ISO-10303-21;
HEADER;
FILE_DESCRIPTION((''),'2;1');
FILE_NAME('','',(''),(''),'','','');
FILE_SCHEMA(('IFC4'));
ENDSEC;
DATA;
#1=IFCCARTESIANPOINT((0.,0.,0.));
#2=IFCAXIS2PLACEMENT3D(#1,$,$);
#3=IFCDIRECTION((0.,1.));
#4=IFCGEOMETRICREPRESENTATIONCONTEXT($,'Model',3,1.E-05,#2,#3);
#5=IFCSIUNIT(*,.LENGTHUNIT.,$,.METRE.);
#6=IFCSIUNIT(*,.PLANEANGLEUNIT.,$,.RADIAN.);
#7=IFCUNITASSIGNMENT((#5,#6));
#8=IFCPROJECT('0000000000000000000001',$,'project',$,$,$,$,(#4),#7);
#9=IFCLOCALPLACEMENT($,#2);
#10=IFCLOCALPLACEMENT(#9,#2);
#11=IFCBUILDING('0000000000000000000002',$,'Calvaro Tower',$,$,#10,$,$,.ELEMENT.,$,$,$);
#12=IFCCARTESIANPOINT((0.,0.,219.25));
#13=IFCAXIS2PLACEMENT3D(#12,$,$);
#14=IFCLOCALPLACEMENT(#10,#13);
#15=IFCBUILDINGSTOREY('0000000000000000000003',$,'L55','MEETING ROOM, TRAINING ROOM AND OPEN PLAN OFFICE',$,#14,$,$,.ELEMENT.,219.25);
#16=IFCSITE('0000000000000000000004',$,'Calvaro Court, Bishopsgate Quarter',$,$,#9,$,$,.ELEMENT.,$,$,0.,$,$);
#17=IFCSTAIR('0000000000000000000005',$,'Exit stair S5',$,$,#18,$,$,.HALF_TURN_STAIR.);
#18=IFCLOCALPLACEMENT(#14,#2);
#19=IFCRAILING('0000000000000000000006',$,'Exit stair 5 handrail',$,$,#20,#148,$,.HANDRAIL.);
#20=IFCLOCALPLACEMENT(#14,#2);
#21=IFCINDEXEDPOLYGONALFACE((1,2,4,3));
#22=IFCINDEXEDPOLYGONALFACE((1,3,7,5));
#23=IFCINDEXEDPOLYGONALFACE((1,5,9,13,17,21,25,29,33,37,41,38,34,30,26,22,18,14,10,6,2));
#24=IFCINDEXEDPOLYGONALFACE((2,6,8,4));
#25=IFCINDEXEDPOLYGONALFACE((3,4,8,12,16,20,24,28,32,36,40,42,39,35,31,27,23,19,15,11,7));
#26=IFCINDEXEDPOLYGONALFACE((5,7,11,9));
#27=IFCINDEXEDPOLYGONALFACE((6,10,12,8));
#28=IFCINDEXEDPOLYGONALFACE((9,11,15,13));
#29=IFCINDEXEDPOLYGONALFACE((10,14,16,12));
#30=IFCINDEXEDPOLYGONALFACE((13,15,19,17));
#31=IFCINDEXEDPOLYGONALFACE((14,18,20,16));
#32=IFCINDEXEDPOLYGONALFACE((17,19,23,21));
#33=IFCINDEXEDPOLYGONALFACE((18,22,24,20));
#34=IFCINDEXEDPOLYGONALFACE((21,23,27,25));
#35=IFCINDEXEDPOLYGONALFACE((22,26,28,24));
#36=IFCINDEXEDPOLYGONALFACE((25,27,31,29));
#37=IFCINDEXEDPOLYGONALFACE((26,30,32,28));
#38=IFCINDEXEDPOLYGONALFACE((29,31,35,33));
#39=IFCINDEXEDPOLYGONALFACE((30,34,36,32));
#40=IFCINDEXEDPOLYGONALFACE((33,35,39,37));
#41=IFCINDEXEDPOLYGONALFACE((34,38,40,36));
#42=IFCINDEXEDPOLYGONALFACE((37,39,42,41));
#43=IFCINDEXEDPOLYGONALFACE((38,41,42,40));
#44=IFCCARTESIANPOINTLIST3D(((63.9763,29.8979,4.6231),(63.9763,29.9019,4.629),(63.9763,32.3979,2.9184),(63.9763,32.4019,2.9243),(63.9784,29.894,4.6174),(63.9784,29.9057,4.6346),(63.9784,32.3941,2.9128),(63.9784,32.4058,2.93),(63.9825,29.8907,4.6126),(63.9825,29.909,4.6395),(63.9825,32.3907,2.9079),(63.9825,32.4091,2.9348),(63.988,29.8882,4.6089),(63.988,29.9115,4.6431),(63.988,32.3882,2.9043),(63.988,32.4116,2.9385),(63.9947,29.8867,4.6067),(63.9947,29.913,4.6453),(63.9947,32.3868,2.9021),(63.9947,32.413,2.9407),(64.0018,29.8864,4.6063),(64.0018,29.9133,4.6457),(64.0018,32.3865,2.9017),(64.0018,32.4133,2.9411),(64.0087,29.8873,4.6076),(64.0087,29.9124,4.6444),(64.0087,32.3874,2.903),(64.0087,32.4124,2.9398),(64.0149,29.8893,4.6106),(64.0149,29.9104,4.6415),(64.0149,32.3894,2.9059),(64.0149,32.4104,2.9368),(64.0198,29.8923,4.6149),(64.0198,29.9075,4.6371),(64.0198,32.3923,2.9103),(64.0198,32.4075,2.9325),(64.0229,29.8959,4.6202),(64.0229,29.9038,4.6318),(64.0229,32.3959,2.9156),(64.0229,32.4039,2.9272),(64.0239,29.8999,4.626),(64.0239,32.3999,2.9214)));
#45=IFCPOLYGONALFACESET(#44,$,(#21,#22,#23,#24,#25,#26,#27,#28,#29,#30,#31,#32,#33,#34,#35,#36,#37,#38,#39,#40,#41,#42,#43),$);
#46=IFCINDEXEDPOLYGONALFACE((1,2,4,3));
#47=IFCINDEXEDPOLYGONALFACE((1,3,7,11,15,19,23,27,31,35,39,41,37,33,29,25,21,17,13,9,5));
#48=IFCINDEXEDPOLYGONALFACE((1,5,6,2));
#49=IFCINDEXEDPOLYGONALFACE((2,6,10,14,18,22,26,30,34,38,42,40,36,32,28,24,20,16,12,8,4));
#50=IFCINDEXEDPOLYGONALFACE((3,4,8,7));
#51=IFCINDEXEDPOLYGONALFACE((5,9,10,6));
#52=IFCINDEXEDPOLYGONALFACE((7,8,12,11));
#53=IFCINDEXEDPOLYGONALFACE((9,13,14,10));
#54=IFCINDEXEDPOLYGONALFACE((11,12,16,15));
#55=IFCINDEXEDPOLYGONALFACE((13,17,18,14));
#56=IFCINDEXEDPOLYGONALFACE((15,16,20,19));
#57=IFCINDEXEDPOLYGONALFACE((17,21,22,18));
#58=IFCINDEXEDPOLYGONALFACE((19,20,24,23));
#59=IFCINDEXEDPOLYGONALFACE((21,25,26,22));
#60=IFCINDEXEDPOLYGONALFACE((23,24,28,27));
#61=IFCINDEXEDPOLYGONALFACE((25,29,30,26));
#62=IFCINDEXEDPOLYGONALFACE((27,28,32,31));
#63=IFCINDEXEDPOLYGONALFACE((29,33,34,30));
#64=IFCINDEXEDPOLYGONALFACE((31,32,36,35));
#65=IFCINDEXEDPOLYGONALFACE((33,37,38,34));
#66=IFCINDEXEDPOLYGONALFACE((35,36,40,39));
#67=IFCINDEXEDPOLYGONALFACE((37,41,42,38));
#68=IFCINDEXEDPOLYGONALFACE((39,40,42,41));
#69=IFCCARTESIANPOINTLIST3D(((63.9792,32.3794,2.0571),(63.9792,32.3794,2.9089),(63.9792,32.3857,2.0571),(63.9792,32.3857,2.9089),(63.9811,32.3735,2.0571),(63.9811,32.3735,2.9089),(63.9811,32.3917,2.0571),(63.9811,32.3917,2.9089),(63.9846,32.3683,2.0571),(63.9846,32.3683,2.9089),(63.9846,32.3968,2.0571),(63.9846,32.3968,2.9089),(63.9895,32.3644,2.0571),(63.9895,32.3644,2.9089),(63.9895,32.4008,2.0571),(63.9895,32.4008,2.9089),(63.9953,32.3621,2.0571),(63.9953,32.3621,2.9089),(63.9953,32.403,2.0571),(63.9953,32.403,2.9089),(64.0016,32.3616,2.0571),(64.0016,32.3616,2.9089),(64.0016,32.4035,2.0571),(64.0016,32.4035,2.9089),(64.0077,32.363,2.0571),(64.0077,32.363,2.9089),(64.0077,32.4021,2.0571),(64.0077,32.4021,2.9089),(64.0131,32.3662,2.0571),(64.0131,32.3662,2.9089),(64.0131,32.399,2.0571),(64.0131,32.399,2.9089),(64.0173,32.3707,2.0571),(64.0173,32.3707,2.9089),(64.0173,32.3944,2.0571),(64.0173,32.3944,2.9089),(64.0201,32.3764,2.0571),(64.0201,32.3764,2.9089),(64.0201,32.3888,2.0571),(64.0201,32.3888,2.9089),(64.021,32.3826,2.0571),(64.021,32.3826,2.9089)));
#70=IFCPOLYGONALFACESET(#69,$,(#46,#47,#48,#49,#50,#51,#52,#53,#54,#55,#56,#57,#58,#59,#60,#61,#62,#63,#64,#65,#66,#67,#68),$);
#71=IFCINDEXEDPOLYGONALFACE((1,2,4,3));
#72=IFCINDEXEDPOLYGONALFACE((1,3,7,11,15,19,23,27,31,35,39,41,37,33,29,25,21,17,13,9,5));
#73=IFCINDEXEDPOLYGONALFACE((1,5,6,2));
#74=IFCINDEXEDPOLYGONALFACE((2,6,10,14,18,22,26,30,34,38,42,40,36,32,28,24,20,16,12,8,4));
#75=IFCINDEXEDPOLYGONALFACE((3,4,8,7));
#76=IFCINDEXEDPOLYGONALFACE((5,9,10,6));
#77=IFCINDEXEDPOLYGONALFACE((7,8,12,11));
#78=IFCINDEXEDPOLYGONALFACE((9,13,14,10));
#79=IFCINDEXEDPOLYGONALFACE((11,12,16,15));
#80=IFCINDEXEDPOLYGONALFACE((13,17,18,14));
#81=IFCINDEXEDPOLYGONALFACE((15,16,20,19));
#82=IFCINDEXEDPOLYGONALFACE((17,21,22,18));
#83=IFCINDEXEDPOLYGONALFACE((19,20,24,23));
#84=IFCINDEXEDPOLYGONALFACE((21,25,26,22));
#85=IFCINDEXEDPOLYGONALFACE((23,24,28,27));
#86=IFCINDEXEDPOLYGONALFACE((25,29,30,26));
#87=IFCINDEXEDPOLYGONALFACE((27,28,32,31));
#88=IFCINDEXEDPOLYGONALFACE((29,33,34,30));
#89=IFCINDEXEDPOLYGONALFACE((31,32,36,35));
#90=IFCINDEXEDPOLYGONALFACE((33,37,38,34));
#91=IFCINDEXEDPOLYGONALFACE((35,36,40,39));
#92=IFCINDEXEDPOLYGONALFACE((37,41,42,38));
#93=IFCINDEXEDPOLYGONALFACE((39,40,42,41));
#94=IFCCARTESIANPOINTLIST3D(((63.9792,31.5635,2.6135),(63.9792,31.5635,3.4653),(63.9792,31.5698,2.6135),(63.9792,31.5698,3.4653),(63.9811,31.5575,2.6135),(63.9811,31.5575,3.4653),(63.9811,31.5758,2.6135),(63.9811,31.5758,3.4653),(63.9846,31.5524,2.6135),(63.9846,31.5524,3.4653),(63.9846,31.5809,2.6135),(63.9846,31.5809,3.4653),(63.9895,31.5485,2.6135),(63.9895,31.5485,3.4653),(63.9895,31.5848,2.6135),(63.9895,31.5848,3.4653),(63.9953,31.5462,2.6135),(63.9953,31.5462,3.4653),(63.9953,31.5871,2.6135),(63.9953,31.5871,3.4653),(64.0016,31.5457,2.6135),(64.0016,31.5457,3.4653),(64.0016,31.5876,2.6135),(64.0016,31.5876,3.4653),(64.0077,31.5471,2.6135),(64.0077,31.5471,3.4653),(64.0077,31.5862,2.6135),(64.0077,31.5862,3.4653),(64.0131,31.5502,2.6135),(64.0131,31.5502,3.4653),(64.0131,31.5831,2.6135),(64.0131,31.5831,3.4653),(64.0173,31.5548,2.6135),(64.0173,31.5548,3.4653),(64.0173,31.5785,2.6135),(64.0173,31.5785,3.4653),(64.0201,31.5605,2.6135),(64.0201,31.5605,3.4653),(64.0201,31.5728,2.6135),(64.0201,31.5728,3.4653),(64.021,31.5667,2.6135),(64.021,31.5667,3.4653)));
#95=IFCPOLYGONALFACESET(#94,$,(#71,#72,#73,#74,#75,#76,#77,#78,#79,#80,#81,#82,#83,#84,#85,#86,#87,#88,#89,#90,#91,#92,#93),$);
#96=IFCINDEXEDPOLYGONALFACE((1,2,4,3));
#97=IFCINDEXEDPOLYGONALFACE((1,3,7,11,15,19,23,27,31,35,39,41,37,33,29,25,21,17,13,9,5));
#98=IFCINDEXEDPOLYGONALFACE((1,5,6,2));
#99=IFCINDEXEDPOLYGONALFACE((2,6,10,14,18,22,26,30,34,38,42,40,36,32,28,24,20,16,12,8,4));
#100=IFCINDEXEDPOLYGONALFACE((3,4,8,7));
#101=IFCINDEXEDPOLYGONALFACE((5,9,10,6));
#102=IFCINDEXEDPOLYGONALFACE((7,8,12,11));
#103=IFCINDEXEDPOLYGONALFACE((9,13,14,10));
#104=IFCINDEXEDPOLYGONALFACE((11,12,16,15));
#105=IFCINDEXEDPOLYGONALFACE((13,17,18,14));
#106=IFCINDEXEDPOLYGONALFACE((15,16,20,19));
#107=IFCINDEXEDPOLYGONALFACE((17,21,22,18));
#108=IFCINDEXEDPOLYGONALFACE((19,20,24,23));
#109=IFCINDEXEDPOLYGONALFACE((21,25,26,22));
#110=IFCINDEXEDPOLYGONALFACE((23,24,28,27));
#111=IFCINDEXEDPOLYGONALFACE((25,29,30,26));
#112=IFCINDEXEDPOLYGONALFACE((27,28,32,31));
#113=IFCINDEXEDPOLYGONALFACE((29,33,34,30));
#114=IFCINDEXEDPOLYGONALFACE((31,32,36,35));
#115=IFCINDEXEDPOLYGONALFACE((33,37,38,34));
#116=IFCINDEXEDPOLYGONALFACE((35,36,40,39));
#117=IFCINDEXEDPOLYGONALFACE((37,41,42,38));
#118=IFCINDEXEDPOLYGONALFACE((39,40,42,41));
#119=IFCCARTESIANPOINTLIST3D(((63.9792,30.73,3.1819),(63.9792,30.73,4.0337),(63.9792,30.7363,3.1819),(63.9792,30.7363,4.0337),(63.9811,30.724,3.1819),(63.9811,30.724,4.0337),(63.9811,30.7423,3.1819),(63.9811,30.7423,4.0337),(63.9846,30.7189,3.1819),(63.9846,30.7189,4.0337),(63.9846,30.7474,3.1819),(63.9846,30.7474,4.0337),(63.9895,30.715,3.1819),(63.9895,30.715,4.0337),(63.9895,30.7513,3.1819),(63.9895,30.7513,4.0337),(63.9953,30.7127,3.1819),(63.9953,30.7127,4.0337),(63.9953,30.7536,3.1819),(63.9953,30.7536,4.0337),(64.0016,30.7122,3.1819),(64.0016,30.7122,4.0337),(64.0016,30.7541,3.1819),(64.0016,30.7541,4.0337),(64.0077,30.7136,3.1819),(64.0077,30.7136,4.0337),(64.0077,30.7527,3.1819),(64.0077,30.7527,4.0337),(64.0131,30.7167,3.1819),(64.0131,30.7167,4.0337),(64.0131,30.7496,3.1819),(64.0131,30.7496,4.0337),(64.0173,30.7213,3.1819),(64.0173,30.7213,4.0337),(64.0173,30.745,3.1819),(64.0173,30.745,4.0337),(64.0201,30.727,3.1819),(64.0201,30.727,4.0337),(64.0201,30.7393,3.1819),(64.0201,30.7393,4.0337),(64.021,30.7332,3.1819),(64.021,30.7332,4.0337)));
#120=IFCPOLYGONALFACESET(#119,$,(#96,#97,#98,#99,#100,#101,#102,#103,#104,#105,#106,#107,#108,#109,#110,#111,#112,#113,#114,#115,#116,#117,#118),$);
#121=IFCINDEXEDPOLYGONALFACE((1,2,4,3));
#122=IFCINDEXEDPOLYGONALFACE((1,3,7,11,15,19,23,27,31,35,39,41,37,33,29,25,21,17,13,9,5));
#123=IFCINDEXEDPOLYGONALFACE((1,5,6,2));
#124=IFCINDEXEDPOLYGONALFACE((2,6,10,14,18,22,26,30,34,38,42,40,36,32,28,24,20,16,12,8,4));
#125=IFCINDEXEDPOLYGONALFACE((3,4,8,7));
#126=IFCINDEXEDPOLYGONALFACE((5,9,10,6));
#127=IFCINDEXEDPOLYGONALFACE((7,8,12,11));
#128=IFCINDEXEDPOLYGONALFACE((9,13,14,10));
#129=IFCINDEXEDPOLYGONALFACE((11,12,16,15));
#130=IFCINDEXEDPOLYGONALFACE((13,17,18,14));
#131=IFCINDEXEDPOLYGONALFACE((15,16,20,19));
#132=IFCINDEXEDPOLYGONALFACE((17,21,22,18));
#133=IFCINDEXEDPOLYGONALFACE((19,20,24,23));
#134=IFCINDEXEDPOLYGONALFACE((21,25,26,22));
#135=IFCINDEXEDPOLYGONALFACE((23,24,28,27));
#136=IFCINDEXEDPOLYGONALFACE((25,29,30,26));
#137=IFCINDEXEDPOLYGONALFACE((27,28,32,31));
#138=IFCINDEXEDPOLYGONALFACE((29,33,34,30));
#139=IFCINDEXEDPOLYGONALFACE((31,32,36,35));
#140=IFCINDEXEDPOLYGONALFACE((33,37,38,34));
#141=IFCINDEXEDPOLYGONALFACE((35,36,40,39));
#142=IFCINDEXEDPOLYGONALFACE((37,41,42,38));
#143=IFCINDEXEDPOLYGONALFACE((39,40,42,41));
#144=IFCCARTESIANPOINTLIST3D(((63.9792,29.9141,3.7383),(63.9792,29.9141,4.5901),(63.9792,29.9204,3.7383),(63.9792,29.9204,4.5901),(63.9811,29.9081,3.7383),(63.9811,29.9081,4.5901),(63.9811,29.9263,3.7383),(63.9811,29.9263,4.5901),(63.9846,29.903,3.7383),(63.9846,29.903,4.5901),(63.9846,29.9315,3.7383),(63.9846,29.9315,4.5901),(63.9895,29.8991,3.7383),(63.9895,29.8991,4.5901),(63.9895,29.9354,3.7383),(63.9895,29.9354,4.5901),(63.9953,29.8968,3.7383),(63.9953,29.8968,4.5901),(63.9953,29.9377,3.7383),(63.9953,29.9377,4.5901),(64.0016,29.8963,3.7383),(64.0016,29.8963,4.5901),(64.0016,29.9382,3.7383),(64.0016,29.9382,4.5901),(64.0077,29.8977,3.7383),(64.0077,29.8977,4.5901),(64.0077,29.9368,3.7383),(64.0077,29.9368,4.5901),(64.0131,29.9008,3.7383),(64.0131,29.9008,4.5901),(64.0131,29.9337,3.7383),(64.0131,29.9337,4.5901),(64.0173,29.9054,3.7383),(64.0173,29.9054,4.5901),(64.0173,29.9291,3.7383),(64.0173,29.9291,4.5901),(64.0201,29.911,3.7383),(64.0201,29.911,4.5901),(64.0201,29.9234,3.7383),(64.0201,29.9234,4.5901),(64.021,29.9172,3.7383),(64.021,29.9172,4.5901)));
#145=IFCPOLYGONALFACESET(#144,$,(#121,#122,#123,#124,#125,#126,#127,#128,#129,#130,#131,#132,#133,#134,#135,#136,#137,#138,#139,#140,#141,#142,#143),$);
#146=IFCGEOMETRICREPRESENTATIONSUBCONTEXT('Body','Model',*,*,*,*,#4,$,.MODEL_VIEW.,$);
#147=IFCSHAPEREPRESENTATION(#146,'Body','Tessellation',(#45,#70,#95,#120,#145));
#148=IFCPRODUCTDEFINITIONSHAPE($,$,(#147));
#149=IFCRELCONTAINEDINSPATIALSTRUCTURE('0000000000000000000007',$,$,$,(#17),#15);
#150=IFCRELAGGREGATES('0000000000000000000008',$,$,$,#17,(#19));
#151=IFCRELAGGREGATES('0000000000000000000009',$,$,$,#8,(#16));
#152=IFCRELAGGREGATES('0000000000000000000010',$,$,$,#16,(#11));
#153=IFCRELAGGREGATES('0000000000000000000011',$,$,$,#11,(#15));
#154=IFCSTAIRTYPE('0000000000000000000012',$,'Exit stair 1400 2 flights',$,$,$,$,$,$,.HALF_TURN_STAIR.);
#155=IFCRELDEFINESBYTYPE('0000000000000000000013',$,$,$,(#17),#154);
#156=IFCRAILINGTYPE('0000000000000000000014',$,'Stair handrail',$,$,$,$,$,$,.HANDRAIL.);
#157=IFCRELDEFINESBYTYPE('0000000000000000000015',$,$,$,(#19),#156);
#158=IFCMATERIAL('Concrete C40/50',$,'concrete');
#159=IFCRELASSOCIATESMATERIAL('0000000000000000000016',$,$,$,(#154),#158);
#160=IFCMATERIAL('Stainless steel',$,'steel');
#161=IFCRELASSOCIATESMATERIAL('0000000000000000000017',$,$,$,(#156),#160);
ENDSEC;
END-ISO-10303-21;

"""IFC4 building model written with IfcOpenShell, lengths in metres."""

from ifc_helpers import new_model, si_unit, direction, frame, origin, origin_2d, place, context, subcontext, project, spatial, circle, extrude, material, type_object, element, aggregate, save


model = new_model("IFC4")

# Units and contexts
model_context = context("Model", 3, precision=1e-05, world=origin(), true_north=direction((0.0, 1.0)))
body_context = subcontext(model_context, "Body", "Model", "MODEL_VIEW")
ifc_project = project(units=[si_unit("LENGTHUNIT", "METRE"), si_unit("PLANEANGLEUNIT", "RADIAN")], contexts=[model_context])

# Site, building, storey
site_placement = place(None, origin())
site = spatial("IfcSite", under=ifc_project, at=site_placement, Name="Calvaro Court, Bishopsgate Quarter", CompositionType="ELEMENT", RefElevation=0.0)
building_placement = place(site_placement, origin())
building = spatial("IfcBuilding", under=site, at=building_placement, Name="Calvaro Tower", CompositionType="ELEMENT")
storey_placement = place(building_placement, frame((0.0, 0.0, 219.25)))
storey = spatial("IfcBuildingStorey", under=building, at=storey_placement, Name="L55", Description="MEETING ROOM, TRAINING ROOM AND OPEN PLAN OFFICE", CompositionType="ELEMENT", Elevation=219.25)

# Stair, railing
ifc_material_1 = material(Name="Concrete C40/50", Category="concrete")
stair_type = type_object("IfcStairType", Name="Exit stair 1400 2 flights", PredefinedType="HALF_TURN_STAIR", material=ifc_material_1)
stair_placement = place(storey_placement, origin())
stair = element("IfcStair", 1, at=stair_placement, inside=storey, type_object=stair_type, Name="Exit stair S5", PredefinedType="HALF_TURN_STAIR")
ifc_material_2 = material(Name="Stainless steel", Category="steel")
railing_type = type_object("IfcRailingType", Name="Stair handrail", PredefinedType="HANDRAIL", material=ifc_material_2)
railing_placement = place(storey_placement, frame((64.0, 32.3999, 2.0454)))
railing = element("IfcRailing", 2, at=railing_placement, type_object=railing_type, Name="Exit stair 5 handrail", PredefinedType="HANDRAIL", context=body_context, shape_type="SweptSolid", body=[
    extrude(circle(Radius=0.0239, at=origin_2d()), frame((0.0, 0.0, 0.876), z_axis=(0.0, -0.826221, 0.563347), x_axis=(1.0, 0.0, 0.0)), (0.0, 0.0, 1.0), 3.0259),
    extrude(circle(Radius=0.021, at=origin_2d()), frame((0.0, -0.0173, 0.0117)), (0.0, 0.0, 1.0), 0.8518),
    extrude(circle(Radius=0.021, at=origin_2d()), frame((0.0, -0.8333, 0.5681)), (0.0, 0.0, 1.0), 0.8518),
    extrude(circle(Radius=0.021, at=origin_2d()), frame((0.0, -1.6667, 1.1365)), (0.0, 0.0, 1.0), 0.8518),
    extrude(circle(Radius=0.021, at=origin_2d()), frame((0.0, -2.4827, 1.6929)), (0.0, 0.0, 1.0), 0.8518),
])
aggregate(stair, [railing])

save(model, "model.ifc")
